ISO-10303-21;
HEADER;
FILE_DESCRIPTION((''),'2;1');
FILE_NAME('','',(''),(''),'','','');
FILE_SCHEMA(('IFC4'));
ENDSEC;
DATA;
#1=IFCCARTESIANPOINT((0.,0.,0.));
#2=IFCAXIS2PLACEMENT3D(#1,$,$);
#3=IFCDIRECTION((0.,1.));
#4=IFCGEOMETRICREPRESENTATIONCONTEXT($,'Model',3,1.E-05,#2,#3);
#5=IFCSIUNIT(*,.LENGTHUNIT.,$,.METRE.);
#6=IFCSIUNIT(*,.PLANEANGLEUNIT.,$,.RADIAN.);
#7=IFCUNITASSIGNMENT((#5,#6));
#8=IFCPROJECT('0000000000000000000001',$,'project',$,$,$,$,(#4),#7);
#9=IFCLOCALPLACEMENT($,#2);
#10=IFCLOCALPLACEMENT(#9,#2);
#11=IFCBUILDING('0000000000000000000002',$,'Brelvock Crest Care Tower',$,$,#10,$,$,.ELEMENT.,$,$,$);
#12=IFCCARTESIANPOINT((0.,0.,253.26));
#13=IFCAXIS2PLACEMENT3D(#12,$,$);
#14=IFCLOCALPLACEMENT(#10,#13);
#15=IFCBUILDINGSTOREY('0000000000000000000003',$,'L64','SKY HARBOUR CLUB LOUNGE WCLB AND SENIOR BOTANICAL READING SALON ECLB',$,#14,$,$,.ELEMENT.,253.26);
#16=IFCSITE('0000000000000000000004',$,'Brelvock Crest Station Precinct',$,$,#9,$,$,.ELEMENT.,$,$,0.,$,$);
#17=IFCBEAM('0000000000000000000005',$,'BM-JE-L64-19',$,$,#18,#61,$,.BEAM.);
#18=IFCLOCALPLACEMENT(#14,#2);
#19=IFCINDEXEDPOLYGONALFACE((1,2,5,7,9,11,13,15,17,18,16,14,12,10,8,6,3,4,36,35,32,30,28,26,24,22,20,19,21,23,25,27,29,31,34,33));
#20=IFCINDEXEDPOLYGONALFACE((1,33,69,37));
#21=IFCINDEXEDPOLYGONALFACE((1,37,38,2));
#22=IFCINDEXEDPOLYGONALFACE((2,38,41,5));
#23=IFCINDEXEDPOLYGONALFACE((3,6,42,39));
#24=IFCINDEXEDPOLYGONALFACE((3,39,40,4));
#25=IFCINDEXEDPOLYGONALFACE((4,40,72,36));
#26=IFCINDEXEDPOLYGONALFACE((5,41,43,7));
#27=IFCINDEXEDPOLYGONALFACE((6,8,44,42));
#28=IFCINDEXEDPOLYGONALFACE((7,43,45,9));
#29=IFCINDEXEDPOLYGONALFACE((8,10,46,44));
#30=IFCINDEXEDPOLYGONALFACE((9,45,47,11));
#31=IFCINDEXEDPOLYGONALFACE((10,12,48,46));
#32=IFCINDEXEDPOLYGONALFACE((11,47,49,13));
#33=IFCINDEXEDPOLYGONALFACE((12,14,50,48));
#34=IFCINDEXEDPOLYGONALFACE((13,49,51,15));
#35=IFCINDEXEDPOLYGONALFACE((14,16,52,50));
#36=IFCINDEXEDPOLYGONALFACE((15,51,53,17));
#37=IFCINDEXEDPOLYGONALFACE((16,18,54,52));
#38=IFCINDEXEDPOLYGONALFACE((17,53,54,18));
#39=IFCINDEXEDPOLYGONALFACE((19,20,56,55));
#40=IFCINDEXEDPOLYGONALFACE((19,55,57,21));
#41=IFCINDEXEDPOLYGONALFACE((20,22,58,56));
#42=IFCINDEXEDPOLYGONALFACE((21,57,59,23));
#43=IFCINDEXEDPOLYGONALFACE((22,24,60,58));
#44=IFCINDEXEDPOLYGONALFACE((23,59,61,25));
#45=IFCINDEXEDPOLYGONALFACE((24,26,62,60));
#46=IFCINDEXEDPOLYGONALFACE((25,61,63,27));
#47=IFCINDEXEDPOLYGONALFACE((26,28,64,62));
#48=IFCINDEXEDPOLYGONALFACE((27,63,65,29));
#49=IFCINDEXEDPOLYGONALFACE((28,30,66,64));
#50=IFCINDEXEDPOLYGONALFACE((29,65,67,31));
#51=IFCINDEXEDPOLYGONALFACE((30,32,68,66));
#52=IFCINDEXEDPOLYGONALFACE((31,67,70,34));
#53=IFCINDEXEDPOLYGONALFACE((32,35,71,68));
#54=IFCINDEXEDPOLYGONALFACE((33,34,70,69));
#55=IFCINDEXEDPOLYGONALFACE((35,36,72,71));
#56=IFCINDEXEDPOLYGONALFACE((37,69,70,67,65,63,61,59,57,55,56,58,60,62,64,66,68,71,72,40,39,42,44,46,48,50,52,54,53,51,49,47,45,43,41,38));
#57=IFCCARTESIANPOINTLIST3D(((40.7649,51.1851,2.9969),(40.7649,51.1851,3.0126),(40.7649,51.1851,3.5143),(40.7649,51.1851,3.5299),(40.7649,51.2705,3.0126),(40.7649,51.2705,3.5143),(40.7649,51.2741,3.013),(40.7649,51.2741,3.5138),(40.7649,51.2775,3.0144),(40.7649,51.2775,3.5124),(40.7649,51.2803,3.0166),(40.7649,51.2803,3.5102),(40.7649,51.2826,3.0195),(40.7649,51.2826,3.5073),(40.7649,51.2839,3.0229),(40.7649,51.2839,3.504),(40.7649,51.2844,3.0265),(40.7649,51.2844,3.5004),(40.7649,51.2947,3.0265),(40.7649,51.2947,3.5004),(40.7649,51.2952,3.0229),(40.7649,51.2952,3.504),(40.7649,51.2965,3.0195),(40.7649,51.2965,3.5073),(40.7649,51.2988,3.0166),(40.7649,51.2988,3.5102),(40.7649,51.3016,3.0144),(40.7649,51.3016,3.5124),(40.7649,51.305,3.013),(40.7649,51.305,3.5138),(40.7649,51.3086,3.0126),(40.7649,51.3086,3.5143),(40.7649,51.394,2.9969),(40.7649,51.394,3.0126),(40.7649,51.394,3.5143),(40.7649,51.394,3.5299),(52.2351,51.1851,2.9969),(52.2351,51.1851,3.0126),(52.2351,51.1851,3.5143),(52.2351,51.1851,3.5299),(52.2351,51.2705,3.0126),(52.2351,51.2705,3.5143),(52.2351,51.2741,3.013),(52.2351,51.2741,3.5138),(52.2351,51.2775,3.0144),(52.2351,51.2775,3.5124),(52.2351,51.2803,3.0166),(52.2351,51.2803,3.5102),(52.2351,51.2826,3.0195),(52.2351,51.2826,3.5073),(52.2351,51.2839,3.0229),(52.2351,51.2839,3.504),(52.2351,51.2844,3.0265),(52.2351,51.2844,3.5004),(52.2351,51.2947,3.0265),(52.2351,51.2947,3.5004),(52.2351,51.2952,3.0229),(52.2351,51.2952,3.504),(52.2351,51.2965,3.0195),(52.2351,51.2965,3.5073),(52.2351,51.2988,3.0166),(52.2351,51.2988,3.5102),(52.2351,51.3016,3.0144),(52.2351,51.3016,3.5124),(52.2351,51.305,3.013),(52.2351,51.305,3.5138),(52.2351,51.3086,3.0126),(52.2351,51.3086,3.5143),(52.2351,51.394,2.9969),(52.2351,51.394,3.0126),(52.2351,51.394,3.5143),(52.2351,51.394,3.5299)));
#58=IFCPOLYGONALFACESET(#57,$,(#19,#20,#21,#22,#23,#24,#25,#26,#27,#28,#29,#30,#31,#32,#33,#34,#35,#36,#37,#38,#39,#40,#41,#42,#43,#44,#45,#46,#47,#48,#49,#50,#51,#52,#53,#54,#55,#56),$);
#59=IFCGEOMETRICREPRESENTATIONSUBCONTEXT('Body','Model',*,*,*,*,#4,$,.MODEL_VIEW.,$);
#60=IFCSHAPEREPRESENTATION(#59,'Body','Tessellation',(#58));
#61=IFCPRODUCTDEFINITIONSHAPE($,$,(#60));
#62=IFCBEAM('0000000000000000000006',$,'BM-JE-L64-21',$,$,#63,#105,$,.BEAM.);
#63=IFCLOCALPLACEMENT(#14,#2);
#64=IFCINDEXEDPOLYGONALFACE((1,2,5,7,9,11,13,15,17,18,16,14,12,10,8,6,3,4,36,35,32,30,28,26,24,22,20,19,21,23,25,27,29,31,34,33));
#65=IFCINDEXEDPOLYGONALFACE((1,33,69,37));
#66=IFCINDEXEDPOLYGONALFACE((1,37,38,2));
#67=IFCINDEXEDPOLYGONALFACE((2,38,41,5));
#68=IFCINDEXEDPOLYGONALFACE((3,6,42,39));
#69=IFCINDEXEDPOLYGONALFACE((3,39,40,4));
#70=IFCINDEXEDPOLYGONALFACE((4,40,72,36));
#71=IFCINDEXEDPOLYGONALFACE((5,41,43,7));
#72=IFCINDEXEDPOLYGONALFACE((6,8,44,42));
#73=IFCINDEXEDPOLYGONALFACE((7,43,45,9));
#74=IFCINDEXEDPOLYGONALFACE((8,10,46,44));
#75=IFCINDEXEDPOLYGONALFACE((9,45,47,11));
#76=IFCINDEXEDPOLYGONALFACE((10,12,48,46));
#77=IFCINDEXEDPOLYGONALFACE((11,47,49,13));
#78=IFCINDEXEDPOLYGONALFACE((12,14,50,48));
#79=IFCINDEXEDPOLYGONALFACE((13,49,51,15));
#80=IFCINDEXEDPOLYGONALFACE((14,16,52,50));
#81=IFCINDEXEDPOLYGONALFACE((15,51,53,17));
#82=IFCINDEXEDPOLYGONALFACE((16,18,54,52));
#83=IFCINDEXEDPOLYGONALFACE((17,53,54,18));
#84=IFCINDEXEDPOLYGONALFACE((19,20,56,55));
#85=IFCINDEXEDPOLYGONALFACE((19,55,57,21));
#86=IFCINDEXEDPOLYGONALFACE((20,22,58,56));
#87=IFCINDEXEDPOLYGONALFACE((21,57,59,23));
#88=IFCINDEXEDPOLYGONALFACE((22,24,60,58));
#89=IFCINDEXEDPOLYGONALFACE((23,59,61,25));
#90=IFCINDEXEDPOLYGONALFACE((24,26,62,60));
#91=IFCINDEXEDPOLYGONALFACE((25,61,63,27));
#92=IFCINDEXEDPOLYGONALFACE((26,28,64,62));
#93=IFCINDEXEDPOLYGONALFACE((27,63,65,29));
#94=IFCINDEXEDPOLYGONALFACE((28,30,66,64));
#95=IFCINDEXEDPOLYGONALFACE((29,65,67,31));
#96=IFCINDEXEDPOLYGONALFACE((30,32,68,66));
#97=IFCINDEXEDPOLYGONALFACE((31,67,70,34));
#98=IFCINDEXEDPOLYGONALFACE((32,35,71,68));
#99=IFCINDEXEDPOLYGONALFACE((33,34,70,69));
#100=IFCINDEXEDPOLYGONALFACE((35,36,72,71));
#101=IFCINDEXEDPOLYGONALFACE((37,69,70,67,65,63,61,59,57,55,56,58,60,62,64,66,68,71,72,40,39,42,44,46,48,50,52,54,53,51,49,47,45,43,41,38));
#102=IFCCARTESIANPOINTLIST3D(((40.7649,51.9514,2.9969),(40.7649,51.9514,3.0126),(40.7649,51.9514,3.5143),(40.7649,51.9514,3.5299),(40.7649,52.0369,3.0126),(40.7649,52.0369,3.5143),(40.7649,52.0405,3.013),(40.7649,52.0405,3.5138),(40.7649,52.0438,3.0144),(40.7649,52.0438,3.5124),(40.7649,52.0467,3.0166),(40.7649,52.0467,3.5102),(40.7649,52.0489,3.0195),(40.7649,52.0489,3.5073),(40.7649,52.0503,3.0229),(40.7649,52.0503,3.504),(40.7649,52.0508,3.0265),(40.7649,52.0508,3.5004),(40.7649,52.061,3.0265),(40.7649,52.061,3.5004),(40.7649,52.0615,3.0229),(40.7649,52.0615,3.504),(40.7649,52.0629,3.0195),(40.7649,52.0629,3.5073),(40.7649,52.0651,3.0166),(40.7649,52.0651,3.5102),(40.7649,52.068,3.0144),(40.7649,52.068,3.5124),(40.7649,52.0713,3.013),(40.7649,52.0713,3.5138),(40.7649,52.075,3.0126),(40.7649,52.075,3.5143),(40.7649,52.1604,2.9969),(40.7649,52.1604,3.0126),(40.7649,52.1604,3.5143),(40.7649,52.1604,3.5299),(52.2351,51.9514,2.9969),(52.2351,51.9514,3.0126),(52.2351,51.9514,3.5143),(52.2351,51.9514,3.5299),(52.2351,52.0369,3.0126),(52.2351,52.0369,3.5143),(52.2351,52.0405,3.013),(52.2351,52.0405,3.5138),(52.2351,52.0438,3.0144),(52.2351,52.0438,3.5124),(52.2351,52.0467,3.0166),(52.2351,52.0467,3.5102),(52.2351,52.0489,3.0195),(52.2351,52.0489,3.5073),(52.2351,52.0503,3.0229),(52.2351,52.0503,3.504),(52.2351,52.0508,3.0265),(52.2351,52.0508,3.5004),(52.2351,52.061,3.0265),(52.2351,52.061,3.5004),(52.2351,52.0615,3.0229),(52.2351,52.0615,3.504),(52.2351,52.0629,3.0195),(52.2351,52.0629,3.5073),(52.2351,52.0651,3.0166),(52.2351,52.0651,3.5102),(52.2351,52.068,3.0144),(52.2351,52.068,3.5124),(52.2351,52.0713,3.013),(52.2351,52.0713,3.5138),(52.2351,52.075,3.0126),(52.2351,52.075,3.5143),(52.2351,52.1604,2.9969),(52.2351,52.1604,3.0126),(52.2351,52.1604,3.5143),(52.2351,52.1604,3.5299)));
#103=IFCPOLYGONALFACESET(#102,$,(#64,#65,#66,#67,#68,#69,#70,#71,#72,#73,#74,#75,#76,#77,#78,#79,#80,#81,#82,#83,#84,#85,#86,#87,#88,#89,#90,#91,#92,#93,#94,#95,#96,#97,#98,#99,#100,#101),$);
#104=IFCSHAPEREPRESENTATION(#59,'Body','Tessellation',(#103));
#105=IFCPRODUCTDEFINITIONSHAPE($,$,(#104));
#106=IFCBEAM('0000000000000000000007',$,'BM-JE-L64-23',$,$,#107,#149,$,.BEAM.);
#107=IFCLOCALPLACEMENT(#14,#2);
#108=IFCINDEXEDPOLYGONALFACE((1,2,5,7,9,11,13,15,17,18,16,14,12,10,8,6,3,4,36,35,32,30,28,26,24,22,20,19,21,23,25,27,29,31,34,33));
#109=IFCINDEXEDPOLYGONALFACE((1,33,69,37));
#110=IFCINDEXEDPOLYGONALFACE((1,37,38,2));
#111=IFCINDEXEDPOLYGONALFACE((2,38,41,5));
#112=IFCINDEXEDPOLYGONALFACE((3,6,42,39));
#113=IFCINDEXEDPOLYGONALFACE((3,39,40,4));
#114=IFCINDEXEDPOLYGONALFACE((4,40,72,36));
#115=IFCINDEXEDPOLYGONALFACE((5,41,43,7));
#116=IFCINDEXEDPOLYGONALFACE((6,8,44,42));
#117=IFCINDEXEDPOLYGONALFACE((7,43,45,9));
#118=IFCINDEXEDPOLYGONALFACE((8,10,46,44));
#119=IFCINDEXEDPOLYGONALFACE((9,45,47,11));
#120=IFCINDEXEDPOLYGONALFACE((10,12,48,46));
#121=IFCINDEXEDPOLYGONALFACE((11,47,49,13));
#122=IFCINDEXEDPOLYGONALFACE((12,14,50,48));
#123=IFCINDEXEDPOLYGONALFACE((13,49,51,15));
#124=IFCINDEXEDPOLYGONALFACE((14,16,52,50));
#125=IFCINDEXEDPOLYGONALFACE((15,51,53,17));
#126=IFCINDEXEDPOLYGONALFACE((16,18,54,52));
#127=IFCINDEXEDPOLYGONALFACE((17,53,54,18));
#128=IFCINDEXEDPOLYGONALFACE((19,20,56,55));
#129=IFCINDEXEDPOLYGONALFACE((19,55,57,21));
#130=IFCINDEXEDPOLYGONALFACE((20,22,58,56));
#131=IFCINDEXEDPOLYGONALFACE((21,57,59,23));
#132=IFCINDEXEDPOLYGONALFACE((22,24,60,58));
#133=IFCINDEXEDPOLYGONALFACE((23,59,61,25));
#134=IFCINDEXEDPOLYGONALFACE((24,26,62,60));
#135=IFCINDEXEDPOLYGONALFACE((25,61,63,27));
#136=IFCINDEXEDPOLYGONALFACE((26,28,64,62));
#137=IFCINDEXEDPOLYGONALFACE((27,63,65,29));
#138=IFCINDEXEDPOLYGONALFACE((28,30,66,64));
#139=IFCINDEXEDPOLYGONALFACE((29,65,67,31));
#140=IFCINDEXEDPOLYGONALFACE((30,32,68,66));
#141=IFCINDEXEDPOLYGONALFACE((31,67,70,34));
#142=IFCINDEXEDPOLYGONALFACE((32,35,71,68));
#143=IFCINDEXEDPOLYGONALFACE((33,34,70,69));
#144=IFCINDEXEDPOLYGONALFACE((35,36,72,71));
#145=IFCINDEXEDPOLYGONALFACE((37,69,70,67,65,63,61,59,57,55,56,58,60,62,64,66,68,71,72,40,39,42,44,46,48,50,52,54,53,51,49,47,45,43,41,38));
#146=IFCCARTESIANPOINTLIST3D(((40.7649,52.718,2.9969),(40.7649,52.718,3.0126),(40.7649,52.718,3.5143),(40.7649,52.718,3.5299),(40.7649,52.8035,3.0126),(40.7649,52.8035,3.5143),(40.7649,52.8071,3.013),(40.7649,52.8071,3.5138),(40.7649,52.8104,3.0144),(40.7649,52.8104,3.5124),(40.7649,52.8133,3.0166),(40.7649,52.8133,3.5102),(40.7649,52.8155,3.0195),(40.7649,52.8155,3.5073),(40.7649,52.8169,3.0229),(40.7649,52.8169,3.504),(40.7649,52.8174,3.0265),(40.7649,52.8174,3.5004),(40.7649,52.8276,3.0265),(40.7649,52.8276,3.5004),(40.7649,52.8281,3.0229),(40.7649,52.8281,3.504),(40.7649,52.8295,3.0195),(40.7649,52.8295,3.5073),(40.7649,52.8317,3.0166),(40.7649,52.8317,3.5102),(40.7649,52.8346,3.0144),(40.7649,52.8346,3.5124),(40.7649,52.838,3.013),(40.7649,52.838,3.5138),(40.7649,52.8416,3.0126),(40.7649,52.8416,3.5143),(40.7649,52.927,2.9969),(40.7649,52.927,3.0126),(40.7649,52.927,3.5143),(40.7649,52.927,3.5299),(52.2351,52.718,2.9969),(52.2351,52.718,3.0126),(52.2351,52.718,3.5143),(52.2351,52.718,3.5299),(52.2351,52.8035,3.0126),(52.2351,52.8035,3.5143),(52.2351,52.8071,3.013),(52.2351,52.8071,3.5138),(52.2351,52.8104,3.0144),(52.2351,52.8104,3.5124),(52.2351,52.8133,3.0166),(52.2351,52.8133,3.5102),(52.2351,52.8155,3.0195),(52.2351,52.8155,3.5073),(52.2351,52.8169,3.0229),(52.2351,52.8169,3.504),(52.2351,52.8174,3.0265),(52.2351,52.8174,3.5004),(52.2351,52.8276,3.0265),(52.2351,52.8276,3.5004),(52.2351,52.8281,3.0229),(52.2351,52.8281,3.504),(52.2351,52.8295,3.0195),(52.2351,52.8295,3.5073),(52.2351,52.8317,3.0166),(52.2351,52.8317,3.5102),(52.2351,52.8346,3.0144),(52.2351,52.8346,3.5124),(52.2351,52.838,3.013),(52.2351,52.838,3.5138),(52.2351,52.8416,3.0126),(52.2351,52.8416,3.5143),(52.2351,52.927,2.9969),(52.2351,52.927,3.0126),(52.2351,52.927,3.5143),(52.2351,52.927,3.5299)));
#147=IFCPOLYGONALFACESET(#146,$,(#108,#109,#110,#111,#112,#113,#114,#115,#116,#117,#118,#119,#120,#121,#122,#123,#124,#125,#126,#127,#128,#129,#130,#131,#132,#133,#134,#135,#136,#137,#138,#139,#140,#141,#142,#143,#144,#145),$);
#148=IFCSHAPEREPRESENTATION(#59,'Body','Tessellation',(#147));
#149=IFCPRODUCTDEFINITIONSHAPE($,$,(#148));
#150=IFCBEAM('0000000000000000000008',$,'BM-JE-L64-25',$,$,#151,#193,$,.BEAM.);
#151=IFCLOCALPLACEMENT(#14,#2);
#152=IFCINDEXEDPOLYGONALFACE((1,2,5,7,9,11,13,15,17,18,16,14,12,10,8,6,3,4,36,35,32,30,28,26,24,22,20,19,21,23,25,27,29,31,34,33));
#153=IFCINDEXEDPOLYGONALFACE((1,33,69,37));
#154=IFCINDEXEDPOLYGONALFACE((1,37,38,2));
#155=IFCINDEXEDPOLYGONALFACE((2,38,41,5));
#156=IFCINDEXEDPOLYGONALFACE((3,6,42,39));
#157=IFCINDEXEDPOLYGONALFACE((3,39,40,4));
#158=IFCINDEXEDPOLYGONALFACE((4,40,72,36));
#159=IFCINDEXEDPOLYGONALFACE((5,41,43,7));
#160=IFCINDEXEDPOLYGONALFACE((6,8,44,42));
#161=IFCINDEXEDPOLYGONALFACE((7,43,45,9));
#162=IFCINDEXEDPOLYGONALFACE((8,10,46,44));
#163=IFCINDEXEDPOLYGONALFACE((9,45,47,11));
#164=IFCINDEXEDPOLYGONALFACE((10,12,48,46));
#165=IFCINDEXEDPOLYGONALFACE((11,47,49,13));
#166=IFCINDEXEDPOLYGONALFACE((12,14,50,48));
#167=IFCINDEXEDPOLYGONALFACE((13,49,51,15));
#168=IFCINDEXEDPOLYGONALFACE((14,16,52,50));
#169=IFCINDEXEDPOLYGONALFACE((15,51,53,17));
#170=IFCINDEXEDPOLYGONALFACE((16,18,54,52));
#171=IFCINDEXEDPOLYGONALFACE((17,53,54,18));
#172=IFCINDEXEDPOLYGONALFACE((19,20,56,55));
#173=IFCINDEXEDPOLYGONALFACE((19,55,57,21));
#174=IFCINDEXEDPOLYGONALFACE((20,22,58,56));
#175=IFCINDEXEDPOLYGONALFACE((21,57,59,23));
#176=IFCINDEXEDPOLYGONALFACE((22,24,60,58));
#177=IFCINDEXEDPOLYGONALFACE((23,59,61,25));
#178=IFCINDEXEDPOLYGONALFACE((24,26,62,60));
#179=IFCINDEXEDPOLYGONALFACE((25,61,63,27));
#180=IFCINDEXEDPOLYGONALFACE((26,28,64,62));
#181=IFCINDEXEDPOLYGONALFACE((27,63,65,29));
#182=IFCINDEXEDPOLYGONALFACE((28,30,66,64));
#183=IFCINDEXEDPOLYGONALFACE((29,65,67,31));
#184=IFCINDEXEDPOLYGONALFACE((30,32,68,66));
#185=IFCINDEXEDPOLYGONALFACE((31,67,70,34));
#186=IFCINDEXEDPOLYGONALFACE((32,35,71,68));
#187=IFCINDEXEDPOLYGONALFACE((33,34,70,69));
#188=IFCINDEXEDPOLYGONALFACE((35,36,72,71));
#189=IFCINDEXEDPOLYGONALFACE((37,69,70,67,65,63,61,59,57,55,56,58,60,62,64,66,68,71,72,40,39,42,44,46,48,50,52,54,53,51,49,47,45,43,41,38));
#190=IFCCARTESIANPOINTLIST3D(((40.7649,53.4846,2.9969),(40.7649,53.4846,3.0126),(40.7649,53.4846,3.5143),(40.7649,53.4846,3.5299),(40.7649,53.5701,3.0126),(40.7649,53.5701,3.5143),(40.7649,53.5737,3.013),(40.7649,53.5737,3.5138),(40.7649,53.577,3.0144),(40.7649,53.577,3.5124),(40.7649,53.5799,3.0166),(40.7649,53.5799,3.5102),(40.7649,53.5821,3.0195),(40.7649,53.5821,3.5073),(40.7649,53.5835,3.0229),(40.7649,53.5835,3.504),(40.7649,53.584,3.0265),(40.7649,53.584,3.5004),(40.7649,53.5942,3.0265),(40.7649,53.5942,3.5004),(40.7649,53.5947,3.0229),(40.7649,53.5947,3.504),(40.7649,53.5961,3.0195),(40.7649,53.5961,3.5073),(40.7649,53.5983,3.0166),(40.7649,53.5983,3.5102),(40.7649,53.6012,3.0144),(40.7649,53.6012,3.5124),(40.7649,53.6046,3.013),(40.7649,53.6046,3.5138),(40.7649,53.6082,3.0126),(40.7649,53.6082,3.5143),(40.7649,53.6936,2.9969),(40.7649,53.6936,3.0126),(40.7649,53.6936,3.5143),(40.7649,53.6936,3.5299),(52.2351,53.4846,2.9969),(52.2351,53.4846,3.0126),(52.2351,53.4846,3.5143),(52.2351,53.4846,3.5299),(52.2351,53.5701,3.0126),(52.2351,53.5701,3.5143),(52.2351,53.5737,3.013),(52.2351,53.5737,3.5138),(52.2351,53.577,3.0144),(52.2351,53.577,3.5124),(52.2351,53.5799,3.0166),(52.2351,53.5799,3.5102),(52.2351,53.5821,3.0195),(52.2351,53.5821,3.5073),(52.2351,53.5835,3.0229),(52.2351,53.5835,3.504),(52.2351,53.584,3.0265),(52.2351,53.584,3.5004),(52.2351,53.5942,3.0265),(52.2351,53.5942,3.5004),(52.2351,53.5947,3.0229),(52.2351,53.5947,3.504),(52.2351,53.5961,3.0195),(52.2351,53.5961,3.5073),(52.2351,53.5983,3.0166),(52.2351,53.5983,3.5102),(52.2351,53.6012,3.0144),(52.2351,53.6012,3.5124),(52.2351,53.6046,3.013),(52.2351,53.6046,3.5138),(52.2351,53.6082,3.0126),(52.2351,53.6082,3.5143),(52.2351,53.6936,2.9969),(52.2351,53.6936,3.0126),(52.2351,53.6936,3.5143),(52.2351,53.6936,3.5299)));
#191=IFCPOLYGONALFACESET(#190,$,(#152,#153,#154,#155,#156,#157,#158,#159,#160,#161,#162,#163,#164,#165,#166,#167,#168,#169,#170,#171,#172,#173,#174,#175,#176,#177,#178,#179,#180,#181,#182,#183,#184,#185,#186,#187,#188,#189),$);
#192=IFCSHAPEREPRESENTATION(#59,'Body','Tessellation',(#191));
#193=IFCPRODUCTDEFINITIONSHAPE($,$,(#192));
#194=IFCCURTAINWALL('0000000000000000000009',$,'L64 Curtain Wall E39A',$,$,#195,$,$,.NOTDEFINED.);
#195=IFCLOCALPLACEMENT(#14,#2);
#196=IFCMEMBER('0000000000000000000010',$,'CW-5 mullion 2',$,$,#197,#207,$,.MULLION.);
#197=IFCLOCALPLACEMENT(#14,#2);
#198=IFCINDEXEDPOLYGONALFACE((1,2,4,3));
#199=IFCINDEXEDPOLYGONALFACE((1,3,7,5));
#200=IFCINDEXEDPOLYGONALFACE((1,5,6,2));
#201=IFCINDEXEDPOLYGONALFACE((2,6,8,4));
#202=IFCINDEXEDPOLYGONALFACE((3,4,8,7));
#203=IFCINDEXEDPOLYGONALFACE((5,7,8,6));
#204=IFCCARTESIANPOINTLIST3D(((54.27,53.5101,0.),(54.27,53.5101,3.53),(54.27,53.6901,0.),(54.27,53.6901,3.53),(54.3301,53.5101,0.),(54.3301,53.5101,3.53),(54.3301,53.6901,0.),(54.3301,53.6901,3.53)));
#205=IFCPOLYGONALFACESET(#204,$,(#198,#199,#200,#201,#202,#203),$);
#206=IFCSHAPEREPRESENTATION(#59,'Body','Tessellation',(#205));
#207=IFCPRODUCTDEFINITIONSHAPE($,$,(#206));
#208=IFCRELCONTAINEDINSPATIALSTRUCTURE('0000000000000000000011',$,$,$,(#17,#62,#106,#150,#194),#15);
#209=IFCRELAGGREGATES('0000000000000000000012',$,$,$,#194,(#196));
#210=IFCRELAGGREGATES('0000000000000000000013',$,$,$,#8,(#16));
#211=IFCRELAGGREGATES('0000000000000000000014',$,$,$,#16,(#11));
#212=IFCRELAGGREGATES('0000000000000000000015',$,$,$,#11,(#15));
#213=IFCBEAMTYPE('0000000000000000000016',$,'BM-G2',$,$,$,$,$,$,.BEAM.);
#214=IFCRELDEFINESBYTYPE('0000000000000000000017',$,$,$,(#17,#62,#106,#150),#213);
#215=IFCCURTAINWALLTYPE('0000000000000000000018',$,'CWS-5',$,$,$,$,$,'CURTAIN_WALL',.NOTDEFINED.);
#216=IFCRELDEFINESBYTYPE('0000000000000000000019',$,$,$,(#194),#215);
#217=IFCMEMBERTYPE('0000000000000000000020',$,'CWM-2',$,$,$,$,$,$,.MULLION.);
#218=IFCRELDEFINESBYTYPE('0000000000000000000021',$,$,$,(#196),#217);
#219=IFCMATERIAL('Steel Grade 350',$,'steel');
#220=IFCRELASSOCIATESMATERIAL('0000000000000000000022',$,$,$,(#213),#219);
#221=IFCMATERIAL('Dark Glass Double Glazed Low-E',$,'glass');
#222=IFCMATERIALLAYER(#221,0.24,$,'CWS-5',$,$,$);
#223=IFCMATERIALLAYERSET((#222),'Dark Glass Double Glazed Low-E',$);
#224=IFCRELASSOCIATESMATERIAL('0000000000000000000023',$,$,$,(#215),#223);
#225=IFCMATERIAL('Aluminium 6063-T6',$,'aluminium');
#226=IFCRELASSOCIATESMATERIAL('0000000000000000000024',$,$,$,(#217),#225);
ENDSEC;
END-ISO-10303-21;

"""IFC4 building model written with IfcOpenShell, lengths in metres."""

from ifc_helpers import new_model, si_unit, direction, frame, origin, origin_2d, place, context, subcontext, project, spatial, rectangle, i_section, extrude, source, transform, mapped, material, layer, layer_set, material_profile, profile_set, type_object, element, aggregate, save


model = new_model("IFC4")

# Units and contexts
model_context = context("Model", 3, precision=1e-05, world=origin(), true_north=direction((0.0, 1.0)))
body_context = subcontext(model_context, "Body", "Model", "MODEL_VIEW")
ifc_project = project(units=[si_unit("LENGTHUNIT", "METRE"), si_unit("PLANEANGLEUNIT", "RADIAN")], contexts=[model_context])

# Site, building, storey
site_placement = place(None, origin())
site = spatial("IfcSite", under=ifc_project, at=site_placement, Name="Brelvock Crest Station Precinct", CompositionType="ELEMENT", RefElevation=0.0)
building_placement = place(site_placement, origin())
building = spatial("IfcBuilding", under=site, at=building_placement, Name="Brelvock Crest Care Tower", CompositionType="ELEMENT")
storey_placement = place(building_placement, frame((0.0, 0.0, 253.26)))
storey = spatial("IfcBuildingStorey", under=building, at=storey_placement, Name="L64", Description="SKY HARBOUR CLUB LOUNGE WCLB AND SENIOR BOTANICAL READING SALON ECLB", CompositionType="ELEMENT", Elevation=253.26)

# Shared definitions
ifc_material_1 = material(Name="Steel Grade 350", Category="steel")

# Beams
ifc_material_profile_1 = material_profile(ifc_material_1, i_section(OverallWidth=0.209, OverallDepth=0.533, WebThickness=0.0103, FlangeThickness=0.0156, FilletRadius=0.0139, at=origin_2d()), Name="530UB92.4")
ifc_profile_set_1 = profile_set([ifc_material_profile_1], Name="Steel Grade 350")
beam_type_1 = type_object("IfcBeamType", Name="BM-G2", PredefinedType="BEAM", material=ifc_profile_set_1)
shared_shape_1 = source(origin(), body_context, "Body", "SweptSolid", [
    extrude(i_section(OverallWidth=0.209, OverallDepth=0.533, WebThickness=0.0103, FlangeThickness=0.0156, FilletRadius=0.0139, at=origin_2d()), origin(), (0.0, 0.0, 1.0), 11.4702),
])
for number, where, z_axis, x_axis, name in (
    (1, (40.7649, 51.2896, 3.2634), (1.0, 0.0, 0.0), (0.0, 1.0, 0.0), "BM-JE-L64-19"),
    (2, (40.7649, 52.0559, 3.2634), (1.0, 0.0, 0.0), (0.0, 1.0, 0.0), "BM-JE-L64-21"),
    (3, (40.7649, 52.8225, 3.2634), (1.0, 0.0, 0.0), (0.0, 1.0, 0.0), "BM-JE-L64-23"),
    (4, (40.7649, 53.5891, 3.2634), (1.0, 0.0, 0.0), (0.0, 1.0, 0.0), "BM-JE-L64-25"),
):
    element("IfcBeam", number, at=place(storey_placement, frame(where, z_axis=z_axis, x_axis=x_axis)), inside=storey, type_object=beam_type_1, Name=name, PredefinedType="BEAM", context=body_context, shape_type="MappedRepresentation", body=[
        mapped(shared_shape_1, transform((0.0, 0.0, 0.0), x_axis=(1.0, 0.0, 0.0), y_axis=(0.0, 1.0, 0.0), z_axis=(0.0, 0.0, 1.0), scale=1.0)),
    ])

# Curtain wall, member
ifc_material_2 = material(Name="Dark Glass Double Glazed Low-E", Category="glass")
ifc_layer_1 = layer(ifc_material_2, 0.24, Name="CWS-5")
ifc_layer_set_1 = layer_set([ifc_layer_1], Name="Dark Glass Double Glazed Low-E")
curtain_wall_type = type_object("IfcCurtainWallType", Name="CWS-5", ElementType="CURTAIN_WALL", PredefinedType="NOTDEFINED", material=ifc_layer_set_1)
curtain_wall_1_placement = place(storey_placement, origin())
curtain_wall_1 = element("IfcCurtainWall", 5, at=curtain_wall_1_placement, inside=storey, type_object=curtain_wall_type, Name="L64 Curtain Wall E39A", PredefinedType="NOTDEFINED")
ifc_material_3 = material(Name="Aluminium 6063-T6", Category="aluminium")
ifc_material_profile_2 = material_profile(ifc_material_3, rectangle(XDim=0.0601, YDim=0.1799, at=origin_2d()), Name="ALU60x180")
ifc_profile_set_2 = profile_set([ifc_material_profile_2], Name="Aluminium 6063-T6")
member_type_1 = type_object("IfcMemberType", Name="CWM-2", PredefinedType="MULLION", material=ifc_profile_set_2)
shared_shape_2 = source(origin(), body_context, "Body", "SweptSolid", [
    extrude(rectangle(XDim=0.0601, YDim=0.1799, at=origin_2d()), origin(), (0.0, 0.0, 1.0), 3.53),
])
member_1_placement = place(storey_placement, frame((54.3, 53.6001, 0.0), z_axis=(0.0, 0.0, 1.0), x_axis=(1.0, 0.0, 0.0)))
member_1 = element("IfcMember", 6, at=member_1_placement, type_object=member_type_1, Name="CW-5 mullion 2", PredefinedType="MULLION", context=body_context, shape_type="MappedRepresentation", body=[
    mapped(shared_shape_2, transform((0.0, 0.0, 0.0), x_axis=(1.0, 0.0, 0.0), y_axis=(0.0, 1.0, 0.0), z_axis=(0.0, 0.0, 1.0), scale=1.0)),
])

aggregate(curtain_wall_1, [member_1])

save(model, "model.ifc")
